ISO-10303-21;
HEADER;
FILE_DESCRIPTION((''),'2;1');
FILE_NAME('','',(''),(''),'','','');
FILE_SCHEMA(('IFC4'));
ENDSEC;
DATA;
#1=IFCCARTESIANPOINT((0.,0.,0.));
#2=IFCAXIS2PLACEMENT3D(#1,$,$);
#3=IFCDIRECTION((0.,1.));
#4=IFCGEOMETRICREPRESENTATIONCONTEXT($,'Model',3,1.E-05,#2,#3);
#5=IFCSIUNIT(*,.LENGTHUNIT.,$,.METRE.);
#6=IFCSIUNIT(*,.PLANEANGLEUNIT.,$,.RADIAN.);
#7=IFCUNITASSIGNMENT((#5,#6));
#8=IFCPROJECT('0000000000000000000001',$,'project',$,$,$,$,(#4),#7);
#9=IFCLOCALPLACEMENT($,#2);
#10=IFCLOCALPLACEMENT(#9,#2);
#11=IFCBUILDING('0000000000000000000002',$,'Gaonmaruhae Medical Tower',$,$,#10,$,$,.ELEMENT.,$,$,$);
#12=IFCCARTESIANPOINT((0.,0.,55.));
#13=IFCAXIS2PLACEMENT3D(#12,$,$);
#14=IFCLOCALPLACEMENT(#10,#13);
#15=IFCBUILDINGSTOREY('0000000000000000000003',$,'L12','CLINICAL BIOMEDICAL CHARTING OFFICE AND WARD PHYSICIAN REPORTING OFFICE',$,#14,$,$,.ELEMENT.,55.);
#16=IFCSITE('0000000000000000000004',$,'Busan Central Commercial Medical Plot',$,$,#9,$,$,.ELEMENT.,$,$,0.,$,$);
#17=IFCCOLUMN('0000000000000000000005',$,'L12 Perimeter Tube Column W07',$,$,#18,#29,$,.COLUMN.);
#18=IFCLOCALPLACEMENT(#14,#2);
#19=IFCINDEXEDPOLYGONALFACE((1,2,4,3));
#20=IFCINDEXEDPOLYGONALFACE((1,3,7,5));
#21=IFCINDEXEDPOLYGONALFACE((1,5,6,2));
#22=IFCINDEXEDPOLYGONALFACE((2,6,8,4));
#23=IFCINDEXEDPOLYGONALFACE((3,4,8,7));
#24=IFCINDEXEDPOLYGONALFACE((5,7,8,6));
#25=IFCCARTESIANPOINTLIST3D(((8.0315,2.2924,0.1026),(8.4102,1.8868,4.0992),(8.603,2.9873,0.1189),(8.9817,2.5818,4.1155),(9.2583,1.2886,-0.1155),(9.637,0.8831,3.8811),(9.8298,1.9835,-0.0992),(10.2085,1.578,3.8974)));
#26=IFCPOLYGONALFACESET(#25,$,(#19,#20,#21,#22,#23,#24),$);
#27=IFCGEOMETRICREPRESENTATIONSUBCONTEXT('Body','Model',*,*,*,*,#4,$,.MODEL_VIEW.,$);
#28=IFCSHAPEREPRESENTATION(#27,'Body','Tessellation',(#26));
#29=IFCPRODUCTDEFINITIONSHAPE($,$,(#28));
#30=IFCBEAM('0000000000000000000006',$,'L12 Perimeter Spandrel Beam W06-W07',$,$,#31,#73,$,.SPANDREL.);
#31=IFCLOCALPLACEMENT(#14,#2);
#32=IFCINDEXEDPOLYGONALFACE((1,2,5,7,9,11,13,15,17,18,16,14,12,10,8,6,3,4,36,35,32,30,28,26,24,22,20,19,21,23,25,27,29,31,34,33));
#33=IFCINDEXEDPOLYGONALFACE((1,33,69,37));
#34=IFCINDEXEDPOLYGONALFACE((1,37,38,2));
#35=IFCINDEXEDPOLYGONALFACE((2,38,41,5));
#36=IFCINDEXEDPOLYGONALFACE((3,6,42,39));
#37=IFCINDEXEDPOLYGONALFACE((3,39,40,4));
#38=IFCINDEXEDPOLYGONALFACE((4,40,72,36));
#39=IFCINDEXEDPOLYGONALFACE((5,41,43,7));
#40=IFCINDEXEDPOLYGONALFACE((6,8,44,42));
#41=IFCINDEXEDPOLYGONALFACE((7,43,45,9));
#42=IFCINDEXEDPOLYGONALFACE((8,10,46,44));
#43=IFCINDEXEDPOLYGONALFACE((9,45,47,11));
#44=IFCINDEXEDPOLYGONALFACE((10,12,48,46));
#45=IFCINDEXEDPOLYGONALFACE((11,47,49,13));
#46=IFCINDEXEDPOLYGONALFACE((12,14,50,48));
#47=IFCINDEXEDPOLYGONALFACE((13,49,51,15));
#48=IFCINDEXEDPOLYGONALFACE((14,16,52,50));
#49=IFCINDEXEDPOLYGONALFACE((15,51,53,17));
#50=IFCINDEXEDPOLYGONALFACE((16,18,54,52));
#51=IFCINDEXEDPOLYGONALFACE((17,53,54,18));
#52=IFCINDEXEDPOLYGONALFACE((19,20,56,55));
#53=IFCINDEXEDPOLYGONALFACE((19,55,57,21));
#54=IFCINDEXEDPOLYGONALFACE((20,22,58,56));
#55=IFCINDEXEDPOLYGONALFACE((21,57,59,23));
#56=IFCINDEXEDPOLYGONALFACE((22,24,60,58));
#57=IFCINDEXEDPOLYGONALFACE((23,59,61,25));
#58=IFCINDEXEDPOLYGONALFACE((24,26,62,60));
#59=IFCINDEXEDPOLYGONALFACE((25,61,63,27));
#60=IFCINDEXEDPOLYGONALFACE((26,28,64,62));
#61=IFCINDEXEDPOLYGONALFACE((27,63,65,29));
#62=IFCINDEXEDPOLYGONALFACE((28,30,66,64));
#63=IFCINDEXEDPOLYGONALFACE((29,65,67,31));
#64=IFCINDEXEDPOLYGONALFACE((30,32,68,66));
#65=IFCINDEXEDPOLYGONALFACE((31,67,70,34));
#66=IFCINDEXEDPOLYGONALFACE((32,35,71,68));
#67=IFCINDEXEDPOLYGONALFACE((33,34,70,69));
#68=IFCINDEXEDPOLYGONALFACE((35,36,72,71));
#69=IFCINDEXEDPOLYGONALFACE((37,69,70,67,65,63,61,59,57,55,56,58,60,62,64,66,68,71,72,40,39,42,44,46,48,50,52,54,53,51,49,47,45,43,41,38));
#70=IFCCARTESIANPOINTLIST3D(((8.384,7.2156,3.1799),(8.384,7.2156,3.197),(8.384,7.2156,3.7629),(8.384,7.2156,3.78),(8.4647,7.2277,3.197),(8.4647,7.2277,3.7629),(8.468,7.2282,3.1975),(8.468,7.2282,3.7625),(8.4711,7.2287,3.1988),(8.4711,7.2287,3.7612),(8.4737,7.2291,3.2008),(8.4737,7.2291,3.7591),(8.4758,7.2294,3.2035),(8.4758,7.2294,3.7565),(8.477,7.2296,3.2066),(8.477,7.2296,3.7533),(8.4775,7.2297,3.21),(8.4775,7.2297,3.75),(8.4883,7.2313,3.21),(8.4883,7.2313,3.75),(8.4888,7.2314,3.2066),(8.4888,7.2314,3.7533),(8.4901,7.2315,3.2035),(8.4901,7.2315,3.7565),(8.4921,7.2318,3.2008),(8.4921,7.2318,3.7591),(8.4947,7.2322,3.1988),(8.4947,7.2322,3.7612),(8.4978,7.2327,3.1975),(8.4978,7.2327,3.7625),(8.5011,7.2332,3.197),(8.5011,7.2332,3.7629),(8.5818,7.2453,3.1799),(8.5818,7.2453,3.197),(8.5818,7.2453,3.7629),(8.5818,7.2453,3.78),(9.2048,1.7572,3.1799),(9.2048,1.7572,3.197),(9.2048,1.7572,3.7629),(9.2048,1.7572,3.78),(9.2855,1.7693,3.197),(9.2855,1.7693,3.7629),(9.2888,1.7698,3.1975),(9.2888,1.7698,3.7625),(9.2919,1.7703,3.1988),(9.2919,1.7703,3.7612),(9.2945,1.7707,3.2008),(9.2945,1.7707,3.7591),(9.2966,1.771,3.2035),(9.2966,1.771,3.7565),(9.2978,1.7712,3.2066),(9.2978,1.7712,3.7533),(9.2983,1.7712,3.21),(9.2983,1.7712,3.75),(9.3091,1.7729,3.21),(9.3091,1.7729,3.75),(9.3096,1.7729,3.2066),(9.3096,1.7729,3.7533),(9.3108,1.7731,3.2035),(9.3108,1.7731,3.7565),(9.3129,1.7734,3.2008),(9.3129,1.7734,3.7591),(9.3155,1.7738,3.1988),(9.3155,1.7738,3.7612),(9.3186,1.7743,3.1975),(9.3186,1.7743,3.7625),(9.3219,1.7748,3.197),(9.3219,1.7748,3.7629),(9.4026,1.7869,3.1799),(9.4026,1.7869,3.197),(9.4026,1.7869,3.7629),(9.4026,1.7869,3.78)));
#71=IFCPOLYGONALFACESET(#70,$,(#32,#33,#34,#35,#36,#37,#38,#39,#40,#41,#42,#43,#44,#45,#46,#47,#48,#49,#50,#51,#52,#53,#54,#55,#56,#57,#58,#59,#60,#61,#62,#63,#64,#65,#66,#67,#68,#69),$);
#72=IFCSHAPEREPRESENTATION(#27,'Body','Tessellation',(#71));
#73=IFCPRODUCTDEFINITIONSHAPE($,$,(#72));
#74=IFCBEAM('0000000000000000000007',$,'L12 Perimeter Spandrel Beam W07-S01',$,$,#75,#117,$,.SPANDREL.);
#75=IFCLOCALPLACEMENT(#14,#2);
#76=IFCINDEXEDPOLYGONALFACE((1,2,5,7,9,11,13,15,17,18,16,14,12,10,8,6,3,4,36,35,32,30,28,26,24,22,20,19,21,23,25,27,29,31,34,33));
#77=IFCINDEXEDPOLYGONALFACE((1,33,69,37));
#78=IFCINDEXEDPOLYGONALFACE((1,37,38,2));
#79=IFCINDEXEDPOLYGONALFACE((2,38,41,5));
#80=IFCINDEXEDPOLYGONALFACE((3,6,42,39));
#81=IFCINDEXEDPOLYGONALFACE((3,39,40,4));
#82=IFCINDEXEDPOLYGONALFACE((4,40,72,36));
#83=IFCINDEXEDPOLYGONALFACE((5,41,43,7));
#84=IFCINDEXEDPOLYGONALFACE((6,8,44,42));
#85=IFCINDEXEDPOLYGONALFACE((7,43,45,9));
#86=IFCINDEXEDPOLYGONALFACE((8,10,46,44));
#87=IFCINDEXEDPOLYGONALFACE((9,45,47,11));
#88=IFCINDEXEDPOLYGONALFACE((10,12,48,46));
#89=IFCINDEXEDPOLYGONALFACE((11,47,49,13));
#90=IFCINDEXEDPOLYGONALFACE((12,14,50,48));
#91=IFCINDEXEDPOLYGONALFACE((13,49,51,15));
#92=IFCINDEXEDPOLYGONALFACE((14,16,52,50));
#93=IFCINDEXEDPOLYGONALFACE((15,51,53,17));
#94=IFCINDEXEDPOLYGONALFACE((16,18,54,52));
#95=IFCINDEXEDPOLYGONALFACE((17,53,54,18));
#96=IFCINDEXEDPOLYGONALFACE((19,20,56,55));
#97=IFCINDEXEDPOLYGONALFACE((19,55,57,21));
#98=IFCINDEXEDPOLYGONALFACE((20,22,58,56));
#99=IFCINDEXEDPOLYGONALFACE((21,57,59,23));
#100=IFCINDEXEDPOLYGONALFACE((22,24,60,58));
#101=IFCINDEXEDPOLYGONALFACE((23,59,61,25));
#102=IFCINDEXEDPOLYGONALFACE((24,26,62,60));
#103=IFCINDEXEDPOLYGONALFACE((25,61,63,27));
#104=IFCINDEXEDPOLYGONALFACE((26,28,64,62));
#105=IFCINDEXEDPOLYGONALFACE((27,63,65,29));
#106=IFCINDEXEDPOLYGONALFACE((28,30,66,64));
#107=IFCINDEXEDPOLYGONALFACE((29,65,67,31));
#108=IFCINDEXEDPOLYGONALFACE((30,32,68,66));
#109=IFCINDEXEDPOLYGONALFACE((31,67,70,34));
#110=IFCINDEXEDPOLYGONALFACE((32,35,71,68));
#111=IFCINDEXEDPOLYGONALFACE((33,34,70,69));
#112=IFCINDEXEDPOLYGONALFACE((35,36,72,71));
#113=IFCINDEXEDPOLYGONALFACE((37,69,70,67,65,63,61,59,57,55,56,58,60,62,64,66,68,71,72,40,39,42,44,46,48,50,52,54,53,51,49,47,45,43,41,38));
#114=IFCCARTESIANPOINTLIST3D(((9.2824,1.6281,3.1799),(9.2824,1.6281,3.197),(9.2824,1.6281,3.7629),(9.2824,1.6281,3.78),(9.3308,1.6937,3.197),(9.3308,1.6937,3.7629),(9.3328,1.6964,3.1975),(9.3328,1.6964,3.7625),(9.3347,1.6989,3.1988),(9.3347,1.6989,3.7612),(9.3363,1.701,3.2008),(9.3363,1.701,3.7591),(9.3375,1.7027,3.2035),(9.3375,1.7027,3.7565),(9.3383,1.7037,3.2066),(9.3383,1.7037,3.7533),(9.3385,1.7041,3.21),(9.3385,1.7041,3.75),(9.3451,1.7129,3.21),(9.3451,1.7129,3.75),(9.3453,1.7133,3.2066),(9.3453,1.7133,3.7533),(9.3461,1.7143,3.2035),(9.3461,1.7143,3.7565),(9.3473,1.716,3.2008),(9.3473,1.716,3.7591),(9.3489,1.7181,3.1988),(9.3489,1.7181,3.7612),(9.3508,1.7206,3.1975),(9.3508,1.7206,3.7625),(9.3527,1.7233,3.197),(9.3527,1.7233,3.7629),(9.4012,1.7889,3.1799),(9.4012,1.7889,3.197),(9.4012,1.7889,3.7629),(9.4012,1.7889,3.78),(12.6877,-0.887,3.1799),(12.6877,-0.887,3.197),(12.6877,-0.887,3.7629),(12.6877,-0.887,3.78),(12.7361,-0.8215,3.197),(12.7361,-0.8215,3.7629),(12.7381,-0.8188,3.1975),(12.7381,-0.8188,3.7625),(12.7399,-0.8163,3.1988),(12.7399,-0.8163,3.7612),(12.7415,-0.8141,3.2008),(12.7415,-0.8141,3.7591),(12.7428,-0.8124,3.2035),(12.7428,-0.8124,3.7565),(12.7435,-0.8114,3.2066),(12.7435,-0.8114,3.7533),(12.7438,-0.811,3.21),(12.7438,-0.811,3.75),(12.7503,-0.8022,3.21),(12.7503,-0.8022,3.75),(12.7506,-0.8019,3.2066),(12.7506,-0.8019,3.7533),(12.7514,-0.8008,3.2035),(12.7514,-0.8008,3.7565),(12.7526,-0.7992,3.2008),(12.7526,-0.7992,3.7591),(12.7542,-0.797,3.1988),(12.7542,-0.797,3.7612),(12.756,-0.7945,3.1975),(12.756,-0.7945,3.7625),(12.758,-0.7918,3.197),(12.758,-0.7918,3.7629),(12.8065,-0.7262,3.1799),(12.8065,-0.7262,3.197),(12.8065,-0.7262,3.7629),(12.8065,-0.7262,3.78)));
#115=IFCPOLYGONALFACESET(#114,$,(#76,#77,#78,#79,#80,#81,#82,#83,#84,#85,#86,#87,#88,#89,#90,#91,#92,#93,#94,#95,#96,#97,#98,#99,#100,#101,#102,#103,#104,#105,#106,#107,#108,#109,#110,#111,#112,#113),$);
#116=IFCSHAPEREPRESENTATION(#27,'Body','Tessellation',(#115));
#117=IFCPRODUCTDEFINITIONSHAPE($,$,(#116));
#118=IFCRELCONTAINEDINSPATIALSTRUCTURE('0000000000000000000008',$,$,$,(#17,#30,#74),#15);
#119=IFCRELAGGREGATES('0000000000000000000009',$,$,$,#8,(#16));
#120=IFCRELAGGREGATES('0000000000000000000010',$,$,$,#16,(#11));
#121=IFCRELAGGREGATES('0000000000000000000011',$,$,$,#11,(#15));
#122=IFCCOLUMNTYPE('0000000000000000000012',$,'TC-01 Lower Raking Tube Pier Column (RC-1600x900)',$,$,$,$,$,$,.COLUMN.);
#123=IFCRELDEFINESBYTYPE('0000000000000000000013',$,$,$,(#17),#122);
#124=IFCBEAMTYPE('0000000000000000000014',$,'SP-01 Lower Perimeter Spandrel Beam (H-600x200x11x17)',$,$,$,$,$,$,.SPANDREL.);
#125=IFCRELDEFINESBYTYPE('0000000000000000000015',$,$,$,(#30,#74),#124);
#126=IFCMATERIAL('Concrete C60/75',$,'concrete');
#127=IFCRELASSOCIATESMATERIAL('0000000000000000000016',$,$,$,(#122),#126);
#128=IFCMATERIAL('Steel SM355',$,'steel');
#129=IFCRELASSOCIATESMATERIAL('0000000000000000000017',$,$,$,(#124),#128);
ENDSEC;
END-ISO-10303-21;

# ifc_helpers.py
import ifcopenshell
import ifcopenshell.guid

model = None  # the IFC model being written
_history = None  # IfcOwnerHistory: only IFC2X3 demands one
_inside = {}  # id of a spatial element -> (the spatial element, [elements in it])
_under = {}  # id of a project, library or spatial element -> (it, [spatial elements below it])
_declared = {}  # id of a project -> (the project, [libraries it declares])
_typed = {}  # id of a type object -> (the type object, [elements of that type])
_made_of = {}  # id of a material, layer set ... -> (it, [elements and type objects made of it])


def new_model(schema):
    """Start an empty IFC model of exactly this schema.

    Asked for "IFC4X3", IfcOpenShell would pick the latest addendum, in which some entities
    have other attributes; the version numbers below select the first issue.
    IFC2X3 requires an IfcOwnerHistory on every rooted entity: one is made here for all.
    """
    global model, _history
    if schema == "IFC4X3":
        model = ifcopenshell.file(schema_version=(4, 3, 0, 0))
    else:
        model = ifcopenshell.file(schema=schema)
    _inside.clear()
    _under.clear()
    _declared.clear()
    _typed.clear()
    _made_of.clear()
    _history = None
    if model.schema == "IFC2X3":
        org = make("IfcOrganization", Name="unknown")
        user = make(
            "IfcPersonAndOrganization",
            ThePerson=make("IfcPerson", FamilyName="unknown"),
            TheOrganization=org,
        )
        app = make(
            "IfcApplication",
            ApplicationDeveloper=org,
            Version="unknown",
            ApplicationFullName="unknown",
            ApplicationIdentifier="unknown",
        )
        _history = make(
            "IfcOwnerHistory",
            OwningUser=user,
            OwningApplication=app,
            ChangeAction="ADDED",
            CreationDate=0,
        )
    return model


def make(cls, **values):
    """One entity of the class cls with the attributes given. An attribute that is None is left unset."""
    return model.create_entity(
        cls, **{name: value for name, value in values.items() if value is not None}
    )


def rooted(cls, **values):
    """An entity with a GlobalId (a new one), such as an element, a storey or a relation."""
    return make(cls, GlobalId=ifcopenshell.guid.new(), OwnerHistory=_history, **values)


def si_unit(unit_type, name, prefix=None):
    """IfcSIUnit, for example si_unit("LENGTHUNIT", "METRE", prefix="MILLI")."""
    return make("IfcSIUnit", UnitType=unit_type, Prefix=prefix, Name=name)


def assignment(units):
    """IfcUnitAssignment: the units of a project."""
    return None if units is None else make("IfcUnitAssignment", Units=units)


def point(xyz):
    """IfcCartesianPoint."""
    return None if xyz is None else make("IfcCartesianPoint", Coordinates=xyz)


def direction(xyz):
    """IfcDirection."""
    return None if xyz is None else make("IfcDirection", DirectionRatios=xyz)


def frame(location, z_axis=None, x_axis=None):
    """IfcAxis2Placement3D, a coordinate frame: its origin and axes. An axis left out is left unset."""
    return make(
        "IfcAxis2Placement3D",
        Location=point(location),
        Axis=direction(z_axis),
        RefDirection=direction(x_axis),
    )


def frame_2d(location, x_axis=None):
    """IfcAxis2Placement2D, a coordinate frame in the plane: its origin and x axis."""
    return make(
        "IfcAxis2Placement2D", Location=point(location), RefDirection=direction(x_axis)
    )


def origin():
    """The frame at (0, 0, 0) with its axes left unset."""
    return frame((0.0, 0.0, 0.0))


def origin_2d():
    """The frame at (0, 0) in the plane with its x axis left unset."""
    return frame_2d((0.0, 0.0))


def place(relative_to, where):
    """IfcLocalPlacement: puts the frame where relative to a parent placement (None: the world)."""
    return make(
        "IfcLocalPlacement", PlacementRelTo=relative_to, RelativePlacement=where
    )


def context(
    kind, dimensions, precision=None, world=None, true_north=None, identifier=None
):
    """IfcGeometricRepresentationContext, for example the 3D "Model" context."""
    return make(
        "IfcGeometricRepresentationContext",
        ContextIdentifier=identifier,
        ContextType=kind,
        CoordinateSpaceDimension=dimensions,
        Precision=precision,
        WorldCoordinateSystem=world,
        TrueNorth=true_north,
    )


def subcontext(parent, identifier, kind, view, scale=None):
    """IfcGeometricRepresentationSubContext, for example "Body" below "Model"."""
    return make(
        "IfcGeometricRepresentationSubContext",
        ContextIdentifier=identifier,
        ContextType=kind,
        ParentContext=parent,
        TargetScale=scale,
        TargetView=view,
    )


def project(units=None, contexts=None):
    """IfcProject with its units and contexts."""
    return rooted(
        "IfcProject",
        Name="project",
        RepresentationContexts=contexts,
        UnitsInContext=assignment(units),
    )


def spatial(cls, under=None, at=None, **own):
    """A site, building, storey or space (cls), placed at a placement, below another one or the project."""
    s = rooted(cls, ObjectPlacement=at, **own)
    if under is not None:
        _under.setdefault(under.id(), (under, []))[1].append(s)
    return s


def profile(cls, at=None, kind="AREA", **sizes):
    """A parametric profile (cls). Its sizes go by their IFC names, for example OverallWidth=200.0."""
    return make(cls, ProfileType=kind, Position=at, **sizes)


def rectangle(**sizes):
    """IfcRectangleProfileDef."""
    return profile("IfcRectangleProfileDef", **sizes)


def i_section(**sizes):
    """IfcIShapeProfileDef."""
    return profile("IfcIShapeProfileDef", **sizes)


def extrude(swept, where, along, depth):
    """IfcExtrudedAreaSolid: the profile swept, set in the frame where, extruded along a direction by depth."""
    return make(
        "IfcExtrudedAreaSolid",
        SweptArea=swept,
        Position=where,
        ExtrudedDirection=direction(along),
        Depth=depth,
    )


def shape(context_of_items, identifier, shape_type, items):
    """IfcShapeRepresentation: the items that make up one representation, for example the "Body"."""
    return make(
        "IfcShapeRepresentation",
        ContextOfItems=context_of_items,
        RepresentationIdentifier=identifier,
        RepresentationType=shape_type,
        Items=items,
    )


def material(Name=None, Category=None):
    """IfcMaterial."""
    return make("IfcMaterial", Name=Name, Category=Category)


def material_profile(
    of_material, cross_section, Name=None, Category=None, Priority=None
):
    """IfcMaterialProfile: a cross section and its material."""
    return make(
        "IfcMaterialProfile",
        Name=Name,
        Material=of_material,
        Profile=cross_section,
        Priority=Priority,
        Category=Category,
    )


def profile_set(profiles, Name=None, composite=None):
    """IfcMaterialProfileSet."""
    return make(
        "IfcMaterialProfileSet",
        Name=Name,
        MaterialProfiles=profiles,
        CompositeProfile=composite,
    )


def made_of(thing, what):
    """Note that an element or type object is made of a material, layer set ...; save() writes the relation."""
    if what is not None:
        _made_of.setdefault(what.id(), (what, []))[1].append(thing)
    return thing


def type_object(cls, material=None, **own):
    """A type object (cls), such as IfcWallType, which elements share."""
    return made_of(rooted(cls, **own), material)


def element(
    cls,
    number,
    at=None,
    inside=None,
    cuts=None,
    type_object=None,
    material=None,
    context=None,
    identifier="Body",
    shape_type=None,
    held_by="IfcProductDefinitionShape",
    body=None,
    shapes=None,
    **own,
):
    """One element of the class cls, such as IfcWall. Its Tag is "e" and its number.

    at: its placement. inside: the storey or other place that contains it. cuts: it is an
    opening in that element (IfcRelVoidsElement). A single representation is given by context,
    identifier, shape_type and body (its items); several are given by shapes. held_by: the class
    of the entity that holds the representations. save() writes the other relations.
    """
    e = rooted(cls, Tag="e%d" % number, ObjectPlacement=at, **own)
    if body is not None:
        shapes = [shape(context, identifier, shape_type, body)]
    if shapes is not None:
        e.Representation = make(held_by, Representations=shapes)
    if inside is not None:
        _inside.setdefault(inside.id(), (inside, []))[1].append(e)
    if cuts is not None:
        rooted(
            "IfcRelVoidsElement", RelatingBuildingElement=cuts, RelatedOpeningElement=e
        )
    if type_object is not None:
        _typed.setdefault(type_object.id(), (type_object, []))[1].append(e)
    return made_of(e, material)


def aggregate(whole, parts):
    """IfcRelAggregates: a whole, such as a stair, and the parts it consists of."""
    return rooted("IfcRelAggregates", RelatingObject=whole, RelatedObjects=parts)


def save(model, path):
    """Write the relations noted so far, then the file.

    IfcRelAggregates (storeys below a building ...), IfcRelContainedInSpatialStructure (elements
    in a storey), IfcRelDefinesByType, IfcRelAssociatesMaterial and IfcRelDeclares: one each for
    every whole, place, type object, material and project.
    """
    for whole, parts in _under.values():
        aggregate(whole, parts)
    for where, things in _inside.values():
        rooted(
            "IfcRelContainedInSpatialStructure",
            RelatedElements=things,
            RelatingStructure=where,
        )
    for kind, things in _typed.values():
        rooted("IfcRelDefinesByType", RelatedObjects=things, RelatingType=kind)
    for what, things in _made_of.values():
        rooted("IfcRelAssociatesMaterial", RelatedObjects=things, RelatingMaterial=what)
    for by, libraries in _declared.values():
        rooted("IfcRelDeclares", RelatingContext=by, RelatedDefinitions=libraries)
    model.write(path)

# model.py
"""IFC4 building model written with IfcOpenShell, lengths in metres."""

from ifc_helpers import new_model, si_unit, direction, frame, origin, origin_2d, place, context, subcontext, project, spatial, rectangle, i_section, extrude, material, material_profile, profile_set, type_object, element, save


model = new_model("IFC4")

# Units and contexts
model_context = context("Model", 3, precision=1e-05, world=origin(), true_north=direction((0.0, 1.0)))
body_context = subcontext(model_context, "Body", "Model", "MODEL_VIEW")
ifc_project = project(units=[si_unit("LENGTHUNIT", "METRE"), si_unit("PLANEANGLEUNIT", "RADIAN")], contexts=[model_context])

# Site, building, storey
site_placement = place(None, origin())
site = spatial("IfcSite", under=ifc_project, at=site_placement, Name="Busan Central Commercial Medical Plot", CompositionType="ELEMENT", RefElevation=0.0)
building_placement = place(site_placement, origin())
building = spatial("IfcBuilding", under=site, at=building_placement, Name="Gaonmaruhae Medical Tower", CompositionType="ELEMENT")
storey_placement = place(building_placement, frame((0.0, 0.0, 55.0)))
storey = spatial("IfcBuildingStorey", under=building, at=storey_placement, Name="L12", Description="CLINICAL BIOMEDICAL CHARTING OFFICE AND WARD PHYSICIAN REPORTING OFFICE", CompositionType="ELEMENT", Elevation=55.0)

# Column
ifc_material_1 = material(Name="Concrete C60/75", Category="concrete")
ifc_material_profile_1 = material_profile(ifc_material_1, rectangle(XDim=1.6001, YDim=0.8999, at=origin_2d()), Name="RC-1600x900")
ifc_profile_set_1 = profile_set([ifc_material_profile_1], Name="Concrete C60/75")
column_type = type_object("IfcColumnType", Name="TC-01 Lower Raking Tube Pier Column (RC-1600x900)", PredefinedType="COLUMN", material=ifc_profile_set_1)
column_placement = place(storey_placement, frame((8.9307, 2.1379, 0.0017), z_axis=(0.093846, -0.100502, 0.990501), x_axis=(-0.766735, 0.627328, 0.136298)))
element("IfcColumn", 1, at=column_placement, inside=storey, type_object=column_type, Name="L12 Perimeter Tube Column W07", PredefinedType="COLUMN", context=body_context, shape_type="SweptSolid", body=[
    extrude(rectangle(XDim=1.6001, YDim=0.8999, at=origin_2d()), origin(), (0.0, 0.0, 1.0), 4.0349),
])

# Beams
ifc_material_2 = material(Name="Steel SM355", Category="steel")
ifc_material_profile_2 = material_profile(ifc_material_2, i_section(OverallWidth=0.2, OverallDepth=0.6001, WebThickness=0.011, FlangeThickness=0.0171, FilletRadius=0.0129, at=origin_2d()), Name="H-600x200x11x17")
ifc_profile_set_2 = profile_set([ifc_material_profile_2], Name="Steel SM355")
beam_type = type_object("IfcBeamType", Name="SP-01 Lower Perimeter Spandrel Beam (H-600x200x11x17)", PredefinedType="SPANDREL", material=ifc_profile_set_2)
beam_1_placement = place(storey_placement, frame((8.4829, 7.2305, 3.48), z_axis=(0.148699, -0.988882, 0.0), x_axis=(0.988882, 0.148699, 0.0)))
element("IfcBeam", 2, at=beam_1_placement, inside=storey, type_object=beam_type, Name="L12 Perimeter Spandrel Beam W06-W07", PredefinedType="SPANDREL", context=body_context, shape_type="SweptSolid", body=[
    extrude(i_section(OverallWidth=0.2, OverallDepth=0.6001, WebThickness=0.011, FlangeThickness=0.0171, FilletRadius=0.0129, at=origin_2d()), origin(), (0.0, 0.0, 1.0), 5.5198),
])
beam_2_placement = place(storey_placement, frame((9.3418, 1.7085, 3.48), z_axis=(0.80438, -0.594115, 0.0), x_axis=(0.594115, 0.80438, 0.0)))
element("IfcBeam", 3, at=beam_2_placement, inside=storey, type_object=beam_type, Name="L12 Perimeter Spandrel Beam W07-S01", PredefinedType="SPANDREL", context=body_context, shape_type="SweptSolid", body=[
    extrude(i_section(OverallWidth=0.2, OverallDepth=0.6001, WebThickness=0.011, FlangeThickness=0.0171, FilletRadius=0.0129, at=origin_2d()), origin(), (0.0, 0.0, 1.0), 4.2334),
])

save(model, "model.ifc")
